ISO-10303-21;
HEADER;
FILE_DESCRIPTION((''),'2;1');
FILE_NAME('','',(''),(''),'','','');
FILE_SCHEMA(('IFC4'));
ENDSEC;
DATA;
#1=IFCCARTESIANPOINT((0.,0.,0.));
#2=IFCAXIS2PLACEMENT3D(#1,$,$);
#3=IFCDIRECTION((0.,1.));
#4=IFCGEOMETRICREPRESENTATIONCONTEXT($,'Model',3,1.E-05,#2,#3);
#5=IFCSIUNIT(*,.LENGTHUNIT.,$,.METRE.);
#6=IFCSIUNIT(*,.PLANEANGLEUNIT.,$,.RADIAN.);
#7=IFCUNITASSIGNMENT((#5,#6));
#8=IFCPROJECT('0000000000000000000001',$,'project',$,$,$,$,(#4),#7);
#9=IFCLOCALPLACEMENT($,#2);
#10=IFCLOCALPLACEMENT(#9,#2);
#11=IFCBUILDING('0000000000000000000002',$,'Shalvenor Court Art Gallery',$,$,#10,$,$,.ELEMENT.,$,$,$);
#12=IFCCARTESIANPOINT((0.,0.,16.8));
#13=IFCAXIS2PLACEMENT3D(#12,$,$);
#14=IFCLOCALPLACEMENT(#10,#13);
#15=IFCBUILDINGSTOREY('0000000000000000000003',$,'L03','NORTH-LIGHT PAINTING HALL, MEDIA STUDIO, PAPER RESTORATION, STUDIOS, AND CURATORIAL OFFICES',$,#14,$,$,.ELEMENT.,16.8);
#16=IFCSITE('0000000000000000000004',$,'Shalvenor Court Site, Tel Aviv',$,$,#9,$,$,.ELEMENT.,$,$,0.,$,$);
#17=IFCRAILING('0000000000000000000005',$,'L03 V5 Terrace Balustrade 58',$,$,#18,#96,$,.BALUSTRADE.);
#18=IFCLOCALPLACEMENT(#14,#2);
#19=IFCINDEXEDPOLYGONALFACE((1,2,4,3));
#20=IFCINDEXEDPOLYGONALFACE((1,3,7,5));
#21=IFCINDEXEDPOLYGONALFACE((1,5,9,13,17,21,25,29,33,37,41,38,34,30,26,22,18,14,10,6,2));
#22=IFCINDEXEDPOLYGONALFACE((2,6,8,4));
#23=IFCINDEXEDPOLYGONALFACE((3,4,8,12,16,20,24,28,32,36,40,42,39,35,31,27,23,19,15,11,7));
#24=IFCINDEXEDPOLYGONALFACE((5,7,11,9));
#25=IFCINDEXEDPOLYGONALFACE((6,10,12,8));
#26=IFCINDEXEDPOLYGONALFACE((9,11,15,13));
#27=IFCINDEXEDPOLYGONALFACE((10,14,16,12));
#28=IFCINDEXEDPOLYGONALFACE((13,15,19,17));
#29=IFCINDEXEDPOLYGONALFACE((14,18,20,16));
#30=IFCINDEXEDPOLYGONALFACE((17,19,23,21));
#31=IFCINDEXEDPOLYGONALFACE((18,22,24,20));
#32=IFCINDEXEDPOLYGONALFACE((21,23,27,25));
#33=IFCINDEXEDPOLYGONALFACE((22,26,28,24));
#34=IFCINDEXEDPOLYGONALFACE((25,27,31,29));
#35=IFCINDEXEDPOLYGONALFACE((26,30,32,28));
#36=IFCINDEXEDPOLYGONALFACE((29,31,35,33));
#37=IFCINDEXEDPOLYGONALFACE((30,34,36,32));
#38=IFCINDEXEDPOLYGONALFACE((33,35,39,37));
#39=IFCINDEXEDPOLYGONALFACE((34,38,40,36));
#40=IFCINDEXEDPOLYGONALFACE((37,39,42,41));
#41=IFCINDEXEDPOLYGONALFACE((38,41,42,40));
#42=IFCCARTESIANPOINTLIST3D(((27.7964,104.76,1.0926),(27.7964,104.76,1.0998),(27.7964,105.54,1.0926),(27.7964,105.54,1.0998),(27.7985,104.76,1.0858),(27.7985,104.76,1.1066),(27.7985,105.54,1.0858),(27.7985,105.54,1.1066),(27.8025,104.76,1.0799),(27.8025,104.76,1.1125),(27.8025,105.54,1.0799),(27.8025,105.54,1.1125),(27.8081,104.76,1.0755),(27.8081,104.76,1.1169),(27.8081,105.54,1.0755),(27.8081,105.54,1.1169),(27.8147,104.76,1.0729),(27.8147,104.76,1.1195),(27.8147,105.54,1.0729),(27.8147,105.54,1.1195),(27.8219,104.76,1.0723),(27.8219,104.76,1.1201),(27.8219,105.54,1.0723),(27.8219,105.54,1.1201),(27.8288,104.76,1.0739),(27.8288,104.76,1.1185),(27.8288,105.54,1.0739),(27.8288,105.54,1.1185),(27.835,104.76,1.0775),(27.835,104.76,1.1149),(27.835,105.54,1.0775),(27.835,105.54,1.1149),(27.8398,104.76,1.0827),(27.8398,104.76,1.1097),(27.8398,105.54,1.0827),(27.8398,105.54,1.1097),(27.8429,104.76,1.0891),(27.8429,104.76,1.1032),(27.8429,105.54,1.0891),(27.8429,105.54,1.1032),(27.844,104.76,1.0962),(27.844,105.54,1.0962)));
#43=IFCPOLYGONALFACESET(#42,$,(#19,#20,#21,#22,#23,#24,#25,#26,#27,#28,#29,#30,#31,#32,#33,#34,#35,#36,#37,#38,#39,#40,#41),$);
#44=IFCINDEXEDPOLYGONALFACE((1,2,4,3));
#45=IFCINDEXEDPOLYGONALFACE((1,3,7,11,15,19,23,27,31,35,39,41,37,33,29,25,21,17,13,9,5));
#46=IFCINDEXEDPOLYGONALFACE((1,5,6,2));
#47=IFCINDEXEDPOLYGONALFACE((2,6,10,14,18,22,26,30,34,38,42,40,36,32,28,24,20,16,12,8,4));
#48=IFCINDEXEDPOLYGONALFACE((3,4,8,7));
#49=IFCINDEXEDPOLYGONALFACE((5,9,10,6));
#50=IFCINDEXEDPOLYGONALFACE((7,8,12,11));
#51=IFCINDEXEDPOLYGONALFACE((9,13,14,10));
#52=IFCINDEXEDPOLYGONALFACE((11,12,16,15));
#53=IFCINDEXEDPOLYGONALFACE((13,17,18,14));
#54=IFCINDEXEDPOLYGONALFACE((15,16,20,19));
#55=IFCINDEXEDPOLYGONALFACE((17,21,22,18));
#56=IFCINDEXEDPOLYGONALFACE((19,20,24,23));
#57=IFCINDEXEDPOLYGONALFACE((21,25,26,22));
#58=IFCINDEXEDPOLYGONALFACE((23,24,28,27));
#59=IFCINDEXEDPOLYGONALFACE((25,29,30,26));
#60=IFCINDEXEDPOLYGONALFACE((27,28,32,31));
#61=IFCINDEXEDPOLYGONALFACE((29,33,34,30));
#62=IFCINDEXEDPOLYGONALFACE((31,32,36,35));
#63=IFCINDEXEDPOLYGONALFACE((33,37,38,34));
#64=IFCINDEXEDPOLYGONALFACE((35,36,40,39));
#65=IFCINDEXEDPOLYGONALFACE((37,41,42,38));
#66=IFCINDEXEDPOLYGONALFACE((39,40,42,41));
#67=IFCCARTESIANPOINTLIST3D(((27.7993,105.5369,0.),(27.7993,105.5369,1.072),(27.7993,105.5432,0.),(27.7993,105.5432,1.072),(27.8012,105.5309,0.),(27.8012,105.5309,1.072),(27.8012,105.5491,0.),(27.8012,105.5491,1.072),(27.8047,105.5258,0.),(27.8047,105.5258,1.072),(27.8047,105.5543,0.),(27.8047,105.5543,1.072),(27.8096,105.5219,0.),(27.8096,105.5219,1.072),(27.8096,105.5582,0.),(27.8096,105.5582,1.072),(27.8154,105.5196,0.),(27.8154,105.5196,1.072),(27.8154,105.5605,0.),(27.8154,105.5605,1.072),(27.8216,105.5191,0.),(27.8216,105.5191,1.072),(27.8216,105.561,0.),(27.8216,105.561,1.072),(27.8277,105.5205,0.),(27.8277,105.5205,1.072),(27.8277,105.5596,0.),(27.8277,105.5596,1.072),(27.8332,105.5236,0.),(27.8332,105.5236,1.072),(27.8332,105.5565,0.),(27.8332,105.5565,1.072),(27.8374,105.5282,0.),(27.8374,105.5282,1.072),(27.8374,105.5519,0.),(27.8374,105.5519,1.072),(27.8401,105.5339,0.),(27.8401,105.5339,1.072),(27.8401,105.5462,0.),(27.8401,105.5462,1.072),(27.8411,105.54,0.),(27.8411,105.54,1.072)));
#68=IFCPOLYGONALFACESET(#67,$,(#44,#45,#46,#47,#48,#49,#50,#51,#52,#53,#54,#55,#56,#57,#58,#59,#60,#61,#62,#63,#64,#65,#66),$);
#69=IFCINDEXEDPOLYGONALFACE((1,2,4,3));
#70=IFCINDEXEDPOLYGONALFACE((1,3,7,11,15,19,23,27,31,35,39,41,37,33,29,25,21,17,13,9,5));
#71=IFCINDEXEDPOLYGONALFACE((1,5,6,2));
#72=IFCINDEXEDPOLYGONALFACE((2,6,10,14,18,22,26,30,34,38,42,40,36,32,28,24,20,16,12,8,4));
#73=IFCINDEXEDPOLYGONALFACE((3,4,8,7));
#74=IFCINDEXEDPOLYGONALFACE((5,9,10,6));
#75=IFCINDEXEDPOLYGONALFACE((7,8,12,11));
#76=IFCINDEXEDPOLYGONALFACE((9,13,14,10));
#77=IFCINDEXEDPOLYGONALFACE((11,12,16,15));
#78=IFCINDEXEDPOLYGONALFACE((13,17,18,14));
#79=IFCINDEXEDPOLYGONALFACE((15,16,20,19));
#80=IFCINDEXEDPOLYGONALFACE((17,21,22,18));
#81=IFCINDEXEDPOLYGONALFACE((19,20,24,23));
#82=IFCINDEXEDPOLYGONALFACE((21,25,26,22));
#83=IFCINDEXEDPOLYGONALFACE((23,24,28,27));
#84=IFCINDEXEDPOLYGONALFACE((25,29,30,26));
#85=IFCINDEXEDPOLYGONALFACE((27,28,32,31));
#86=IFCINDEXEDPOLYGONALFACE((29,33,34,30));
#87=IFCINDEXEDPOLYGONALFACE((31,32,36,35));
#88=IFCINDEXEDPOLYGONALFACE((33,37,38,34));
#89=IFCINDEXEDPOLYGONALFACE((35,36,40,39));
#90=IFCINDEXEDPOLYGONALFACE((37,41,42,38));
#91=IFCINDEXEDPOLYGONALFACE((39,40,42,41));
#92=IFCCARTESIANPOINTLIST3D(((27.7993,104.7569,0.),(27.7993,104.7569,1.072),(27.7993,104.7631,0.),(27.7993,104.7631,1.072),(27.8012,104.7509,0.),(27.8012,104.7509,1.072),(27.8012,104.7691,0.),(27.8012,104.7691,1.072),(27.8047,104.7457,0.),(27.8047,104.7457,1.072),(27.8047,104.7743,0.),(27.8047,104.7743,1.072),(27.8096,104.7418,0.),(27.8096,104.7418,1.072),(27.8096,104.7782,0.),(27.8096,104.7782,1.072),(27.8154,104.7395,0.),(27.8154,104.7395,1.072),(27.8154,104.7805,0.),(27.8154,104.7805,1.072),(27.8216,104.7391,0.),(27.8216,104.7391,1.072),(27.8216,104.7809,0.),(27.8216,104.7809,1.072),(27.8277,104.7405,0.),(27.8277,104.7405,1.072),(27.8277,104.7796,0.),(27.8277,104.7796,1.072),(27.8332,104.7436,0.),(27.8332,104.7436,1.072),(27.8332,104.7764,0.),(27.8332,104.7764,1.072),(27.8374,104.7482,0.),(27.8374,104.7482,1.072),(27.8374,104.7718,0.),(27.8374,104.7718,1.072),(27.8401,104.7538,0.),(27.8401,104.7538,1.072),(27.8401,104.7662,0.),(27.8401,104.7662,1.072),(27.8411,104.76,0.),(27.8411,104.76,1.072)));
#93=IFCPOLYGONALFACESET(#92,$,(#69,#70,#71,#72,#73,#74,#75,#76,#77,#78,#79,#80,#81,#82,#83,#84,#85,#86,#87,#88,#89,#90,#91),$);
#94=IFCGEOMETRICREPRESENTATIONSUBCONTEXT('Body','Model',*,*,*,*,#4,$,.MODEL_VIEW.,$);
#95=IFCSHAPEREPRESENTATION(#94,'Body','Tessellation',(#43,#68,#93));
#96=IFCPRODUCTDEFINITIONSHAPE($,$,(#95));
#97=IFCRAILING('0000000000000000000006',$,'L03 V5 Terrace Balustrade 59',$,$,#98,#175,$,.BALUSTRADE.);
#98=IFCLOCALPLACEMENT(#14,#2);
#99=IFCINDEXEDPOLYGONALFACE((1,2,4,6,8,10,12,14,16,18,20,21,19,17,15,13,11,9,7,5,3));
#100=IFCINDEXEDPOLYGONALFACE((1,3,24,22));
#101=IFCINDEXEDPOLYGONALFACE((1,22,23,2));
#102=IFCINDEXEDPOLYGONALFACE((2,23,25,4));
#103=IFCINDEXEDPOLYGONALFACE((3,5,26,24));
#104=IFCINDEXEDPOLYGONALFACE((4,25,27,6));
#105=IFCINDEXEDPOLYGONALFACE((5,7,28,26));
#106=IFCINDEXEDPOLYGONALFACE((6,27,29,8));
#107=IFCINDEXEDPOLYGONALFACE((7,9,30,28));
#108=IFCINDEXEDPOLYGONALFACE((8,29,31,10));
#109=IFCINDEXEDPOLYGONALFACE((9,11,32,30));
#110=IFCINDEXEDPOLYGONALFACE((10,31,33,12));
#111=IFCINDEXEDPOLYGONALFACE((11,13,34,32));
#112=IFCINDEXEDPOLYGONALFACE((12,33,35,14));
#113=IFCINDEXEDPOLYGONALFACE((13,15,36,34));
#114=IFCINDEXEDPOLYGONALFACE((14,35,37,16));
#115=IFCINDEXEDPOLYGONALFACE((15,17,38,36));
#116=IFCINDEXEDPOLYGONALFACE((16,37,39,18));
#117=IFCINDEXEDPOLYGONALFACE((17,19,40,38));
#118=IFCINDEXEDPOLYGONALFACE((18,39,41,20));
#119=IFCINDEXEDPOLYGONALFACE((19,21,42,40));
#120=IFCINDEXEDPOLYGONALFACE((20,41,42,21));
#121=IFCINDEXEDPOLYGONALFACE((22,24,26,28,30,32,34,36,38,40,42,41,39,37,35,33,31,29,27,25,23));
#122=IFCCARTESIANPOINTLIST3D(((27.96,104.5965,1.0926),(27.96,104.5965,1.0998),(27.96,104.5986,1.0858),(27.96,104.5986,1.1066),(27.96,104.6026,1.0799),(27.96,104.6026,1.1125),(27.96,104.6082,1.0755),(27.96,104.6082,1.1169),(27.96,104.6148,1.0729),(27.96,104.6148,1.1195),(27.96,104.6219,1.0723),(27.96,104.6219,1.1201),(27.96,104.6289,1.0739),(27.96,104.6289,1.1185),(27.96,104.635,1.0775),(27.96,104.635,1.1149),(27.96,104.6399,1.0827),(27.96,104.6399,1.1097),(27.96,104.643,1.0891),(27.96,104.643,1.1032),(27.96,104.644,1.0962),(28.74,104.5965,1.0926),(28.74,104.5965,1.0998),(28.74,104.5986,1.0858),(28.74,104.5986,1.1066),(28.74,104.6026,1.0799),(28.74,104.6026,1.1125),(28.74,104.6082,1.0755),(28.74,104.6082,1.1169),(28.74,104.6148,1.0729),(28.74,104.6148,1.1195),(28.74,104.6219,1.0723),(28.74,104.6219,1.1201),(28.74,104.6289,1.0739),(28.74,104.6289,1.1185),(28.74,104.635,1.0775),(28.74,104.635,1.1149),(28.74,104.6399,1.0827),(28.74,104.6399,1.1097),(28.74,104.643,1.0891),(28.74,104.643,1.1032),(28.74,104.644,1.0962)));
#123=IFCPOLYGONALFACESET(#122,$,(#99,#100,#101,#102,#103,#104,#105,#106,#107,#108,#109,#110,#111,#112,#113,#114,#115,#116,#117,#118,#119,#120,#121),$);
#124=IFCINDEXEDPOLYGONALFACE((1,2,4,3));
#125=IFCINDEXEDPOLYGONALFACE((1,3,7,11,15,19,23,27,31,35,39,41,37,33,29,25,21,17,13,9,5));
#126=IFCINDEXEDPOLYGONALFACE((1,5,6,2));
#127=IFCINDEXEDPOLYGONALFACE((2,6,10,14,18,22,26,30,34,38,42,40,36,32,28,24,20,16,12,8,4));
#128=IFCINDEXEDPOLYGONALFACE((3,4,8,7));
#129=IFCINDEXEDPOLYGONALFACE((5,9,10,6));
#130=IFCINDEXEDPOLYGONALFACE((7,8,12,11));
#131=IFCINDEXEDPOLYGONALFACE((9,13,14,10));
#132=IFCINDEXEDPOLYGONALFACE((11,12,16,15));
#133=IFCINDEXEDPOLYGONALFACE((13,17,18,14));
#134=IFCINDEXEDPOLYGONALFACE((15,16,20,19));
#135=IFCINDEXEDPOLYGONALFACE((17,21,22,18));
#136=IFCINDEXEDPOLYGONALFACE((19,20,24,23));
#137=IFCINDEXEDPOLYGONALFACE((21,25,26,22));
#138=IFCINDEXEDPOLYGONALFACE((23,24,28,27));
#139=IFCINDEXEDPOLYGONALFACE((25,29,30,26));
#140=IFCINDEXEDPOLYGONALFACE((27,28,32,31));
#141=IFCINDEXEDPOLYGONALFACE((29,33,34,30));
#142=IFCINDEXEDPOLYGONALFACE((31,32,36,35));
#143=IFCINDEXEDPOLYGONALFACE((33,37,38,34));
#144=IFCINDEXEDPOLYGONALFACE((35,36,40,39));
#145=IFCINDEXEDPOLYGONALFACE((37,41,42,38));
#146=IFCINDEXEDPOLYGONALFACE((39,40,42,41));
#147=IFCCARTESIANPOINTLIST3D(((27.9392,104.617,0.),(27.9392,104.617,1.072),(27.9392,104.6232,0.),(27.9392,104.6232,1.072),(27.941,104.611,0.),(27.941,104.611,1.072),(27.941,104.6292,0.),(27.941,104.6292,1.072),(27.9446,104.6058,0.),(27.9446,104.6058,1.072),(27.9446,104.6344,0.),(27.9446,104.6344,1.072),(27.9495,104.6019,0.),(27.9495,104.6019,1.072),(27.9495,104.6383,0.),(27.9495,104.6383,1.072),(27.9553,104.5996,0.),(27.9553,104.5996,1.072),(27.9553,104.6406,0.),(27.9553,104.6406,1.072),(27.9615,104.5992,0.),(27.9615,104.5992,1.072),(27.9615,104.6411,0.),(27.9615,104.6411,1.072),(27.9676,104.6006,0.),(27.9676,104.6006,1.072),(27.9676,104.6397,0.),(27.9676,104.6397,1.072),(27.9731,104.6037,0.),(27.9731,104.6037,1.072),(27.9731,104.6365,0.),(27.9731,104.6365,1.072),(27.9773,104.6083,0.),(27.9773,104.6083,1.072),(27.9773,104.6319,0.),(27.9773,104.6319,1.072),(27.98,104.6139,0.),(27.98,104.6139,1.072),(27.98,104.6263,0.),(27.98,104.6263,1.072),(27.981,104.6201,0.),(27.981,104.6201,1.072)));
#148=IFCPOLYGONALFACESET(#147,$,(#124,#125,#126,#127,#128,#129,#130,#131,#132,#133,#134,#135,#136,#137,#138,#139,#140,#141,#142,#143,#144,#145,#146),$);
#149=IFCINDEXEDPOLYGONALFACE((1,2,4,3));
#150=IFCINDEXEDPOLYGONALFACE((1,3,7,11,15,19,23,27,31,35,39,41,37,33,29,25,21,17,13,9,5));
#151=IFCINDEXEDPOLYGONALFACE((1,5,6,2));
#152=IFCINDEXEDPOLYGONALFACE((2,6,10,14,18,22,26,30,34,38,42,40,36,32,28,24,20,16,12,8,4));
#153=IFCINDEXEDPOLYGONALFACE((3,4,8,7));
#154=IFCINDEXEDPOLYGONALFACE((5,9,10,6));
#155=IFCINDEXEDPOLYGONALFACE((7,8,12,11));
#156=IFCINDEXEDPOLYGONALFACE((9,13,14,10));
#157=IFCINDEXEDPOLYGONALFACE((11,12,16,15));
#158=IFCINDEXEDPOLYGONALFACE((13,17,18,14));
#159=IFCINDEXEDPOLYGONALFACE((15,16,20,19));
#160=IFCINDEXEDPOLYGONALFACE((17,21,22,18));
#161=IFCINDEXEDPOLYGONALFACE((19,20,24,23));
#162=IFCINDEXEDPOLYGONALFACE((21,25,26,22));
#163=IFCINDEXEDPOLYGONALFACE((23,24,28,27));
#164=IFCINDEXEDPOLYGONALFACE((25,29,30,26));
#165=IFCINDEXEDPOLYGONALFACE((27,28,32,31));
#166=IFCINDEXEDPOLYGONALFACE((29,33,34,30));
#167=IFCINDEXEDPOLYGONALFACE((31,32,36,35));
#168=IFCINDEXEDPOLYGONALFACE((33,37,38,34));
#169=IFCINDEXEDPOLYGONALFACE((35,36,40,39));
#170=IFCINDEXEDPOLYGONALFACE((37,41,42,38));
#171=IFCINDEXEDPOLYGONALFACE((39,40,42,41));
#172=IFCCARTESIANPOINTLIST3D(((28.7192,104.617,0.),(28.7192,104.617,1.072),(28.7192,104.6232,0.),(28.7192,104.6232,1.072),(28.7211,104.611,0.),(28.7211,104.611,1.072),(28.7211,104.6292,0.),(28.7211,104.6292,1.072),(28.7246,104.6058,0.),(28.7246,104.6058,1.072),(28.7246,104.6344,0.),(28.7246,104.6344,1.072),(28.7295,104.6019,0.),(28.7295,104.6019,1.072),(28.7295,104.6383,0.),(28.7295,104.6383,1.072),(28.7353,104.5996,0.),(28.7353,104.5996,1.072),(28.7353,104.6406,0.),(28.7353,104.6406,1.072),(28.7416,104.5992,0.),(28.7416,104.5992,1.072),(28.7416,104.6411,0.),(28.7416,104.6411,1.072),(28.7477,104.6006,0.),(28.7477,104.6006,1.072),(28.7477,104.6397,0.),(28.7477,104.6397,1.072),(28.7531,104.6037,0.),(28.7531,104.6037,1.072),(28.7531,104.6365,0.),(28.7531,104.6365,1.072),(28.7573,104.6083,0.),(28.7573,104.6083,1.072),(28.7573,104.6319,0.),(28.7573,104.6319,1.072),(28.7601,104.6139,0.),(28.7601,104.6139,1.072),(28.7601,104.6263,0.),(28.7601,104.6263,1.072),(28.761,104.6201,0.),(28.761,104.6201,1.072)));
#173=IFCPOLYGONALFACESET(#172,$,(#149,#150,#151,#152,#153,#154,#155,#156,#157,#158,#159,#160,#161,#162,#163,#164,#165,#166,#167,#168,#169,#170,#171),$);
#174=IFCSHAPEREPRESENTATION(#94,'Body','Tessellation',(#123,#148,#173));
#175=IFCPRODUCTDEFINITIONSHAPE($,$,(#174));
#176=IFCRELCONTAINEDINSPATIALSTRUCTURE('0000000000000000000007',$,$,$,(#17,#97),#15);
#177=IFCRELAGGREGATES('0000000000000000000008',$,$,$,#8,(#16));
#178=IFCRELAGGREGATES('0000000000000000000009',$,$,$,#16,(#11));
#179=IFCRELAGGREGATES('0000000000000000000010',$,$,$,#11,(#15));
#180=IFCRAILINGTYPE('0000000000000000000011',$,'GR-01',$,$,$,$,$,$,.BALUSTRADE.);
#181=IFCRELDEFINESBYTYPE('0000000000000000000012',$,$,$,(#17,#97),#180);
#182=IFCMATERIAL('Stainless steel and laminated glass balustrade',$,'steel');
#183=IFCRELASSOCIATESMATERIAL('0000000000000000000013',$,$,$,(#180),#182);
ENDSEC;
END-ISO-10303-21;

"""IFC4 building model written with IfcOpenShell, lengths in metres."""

from ifc_helpers import new_model, si_unit, direction, frame, origin, origin_2d, place, context, subcontext, project, spatial, circle, extrude, material, type_object, element, save


model = new_model("IFC4")

# Units and contexts
model_context = context("Model", 3, precision=1e-05, world=origin(), true_north=direction((0.0, 1.0)))
body_context = subcontext(model_context, "Body", "Model", "MODEL_VIEW")
ifc_project = project(units=[si_unit("LENGTHUNIT", "METRE"), si_unit("PLANEANGLEUNIT", "RADIAN")], contexts=[model_context])

# Site, building, storey
site_placement = place(None, origin())
site = spatial("IfcSite", under=ifc_project, at=site_placement, Name="Shalvenor Court Site, Tel Aviv", CompositionType="ELEMENT", RefElevation=0.0)
building_placement = place(site_placement, origin())
building = spatial("IfcBuilding", under=site, at=building_placement, Name="Shalvenor Court Art Gallery", CompositionType="ELEMENT")
storey_placement = place(building_placement, frame((0.0, 0.0, 16.8)))
storey = spatial("IfcBuildingStorey", under=building, at=storey_placement, Name="L03", Description="NORTH-LIGHT PAINTING HALL, MEDIA STUDIO, PAPER RESTORATION, STUDIOS, AND CURATORIAL OFFICES", CompositionType="ELEMENT", Elevation=16.8)

# Railings
ifc_material_1 = material(Name="Stainless steel and laminated glass balustrade", Category="steel")
railing_type = type_object("IfcRailingType", Name="GR-01", PredefinedType="BALUSTRADE", material=ifc_material_1)
railing_1_placement = place(storey_placement, frame((27.8201, 105.54, 0.0)))
element("IfcRailing", 1, at=railing_1_placement, inside=storey, type_object=railing_type, Name="L03 V5 Terrace Balustrade 58", PredefinedType="BALUSTRADE", context=body_context, shape_type="SweptSolid", body=[
    extrude(circle(Radius=0.0239, at=origin_2d()), frame((0.0, 0.0, 1.0962), z_axis=(0.0, -1.0, 0.0), x_axis=(1.0, 0.0, 0.0)), (0.0, 0.0, 1.0), 0.78),
    extrude(circle(Radius=0.021, at=origin_2d()), origin(), (0.0, 0.0, 1.0), 1.072),
    extrude(circle(Radius=0.021, at=origin_2d()), frame((0.0, -0.78, 0.0)), (0.0, 0.0, 1.0), 1.072),
])
railing_2_placement = place(storey_placement, frame((27.96, 104.6201, 0.0)))
element("IfcRailing", 2, at=railing_2_placement, inside=storey, type_object=railing_type, Name="L03 V5 Terrace Balustrade 59", PredefinedType="BALUSTRADE", context=body_context, shape_type="SweptSolid", body=[
    extrude(circle(Radius=0.0239, at=origin_2d()), frame((0.0, 0.0, 1.0962), z_axis=(1.0, 0.0, 0.0), x_axis=(0.0, 1.0, 0.0)), (0.0, 0.0, 1.0), 0.78),
    extrude(circle(Radius=0.021, at=origin_2d()), origin(), (0.0, 0.0, 1.0), 1.072),
    extrude(circle(Radius=0.021, at=origin_2d()), frame((0.78, 0.0, 0.0)), (0.0, 0.0, 1.0), 1.072),
])

save(model, "model.ifc")
